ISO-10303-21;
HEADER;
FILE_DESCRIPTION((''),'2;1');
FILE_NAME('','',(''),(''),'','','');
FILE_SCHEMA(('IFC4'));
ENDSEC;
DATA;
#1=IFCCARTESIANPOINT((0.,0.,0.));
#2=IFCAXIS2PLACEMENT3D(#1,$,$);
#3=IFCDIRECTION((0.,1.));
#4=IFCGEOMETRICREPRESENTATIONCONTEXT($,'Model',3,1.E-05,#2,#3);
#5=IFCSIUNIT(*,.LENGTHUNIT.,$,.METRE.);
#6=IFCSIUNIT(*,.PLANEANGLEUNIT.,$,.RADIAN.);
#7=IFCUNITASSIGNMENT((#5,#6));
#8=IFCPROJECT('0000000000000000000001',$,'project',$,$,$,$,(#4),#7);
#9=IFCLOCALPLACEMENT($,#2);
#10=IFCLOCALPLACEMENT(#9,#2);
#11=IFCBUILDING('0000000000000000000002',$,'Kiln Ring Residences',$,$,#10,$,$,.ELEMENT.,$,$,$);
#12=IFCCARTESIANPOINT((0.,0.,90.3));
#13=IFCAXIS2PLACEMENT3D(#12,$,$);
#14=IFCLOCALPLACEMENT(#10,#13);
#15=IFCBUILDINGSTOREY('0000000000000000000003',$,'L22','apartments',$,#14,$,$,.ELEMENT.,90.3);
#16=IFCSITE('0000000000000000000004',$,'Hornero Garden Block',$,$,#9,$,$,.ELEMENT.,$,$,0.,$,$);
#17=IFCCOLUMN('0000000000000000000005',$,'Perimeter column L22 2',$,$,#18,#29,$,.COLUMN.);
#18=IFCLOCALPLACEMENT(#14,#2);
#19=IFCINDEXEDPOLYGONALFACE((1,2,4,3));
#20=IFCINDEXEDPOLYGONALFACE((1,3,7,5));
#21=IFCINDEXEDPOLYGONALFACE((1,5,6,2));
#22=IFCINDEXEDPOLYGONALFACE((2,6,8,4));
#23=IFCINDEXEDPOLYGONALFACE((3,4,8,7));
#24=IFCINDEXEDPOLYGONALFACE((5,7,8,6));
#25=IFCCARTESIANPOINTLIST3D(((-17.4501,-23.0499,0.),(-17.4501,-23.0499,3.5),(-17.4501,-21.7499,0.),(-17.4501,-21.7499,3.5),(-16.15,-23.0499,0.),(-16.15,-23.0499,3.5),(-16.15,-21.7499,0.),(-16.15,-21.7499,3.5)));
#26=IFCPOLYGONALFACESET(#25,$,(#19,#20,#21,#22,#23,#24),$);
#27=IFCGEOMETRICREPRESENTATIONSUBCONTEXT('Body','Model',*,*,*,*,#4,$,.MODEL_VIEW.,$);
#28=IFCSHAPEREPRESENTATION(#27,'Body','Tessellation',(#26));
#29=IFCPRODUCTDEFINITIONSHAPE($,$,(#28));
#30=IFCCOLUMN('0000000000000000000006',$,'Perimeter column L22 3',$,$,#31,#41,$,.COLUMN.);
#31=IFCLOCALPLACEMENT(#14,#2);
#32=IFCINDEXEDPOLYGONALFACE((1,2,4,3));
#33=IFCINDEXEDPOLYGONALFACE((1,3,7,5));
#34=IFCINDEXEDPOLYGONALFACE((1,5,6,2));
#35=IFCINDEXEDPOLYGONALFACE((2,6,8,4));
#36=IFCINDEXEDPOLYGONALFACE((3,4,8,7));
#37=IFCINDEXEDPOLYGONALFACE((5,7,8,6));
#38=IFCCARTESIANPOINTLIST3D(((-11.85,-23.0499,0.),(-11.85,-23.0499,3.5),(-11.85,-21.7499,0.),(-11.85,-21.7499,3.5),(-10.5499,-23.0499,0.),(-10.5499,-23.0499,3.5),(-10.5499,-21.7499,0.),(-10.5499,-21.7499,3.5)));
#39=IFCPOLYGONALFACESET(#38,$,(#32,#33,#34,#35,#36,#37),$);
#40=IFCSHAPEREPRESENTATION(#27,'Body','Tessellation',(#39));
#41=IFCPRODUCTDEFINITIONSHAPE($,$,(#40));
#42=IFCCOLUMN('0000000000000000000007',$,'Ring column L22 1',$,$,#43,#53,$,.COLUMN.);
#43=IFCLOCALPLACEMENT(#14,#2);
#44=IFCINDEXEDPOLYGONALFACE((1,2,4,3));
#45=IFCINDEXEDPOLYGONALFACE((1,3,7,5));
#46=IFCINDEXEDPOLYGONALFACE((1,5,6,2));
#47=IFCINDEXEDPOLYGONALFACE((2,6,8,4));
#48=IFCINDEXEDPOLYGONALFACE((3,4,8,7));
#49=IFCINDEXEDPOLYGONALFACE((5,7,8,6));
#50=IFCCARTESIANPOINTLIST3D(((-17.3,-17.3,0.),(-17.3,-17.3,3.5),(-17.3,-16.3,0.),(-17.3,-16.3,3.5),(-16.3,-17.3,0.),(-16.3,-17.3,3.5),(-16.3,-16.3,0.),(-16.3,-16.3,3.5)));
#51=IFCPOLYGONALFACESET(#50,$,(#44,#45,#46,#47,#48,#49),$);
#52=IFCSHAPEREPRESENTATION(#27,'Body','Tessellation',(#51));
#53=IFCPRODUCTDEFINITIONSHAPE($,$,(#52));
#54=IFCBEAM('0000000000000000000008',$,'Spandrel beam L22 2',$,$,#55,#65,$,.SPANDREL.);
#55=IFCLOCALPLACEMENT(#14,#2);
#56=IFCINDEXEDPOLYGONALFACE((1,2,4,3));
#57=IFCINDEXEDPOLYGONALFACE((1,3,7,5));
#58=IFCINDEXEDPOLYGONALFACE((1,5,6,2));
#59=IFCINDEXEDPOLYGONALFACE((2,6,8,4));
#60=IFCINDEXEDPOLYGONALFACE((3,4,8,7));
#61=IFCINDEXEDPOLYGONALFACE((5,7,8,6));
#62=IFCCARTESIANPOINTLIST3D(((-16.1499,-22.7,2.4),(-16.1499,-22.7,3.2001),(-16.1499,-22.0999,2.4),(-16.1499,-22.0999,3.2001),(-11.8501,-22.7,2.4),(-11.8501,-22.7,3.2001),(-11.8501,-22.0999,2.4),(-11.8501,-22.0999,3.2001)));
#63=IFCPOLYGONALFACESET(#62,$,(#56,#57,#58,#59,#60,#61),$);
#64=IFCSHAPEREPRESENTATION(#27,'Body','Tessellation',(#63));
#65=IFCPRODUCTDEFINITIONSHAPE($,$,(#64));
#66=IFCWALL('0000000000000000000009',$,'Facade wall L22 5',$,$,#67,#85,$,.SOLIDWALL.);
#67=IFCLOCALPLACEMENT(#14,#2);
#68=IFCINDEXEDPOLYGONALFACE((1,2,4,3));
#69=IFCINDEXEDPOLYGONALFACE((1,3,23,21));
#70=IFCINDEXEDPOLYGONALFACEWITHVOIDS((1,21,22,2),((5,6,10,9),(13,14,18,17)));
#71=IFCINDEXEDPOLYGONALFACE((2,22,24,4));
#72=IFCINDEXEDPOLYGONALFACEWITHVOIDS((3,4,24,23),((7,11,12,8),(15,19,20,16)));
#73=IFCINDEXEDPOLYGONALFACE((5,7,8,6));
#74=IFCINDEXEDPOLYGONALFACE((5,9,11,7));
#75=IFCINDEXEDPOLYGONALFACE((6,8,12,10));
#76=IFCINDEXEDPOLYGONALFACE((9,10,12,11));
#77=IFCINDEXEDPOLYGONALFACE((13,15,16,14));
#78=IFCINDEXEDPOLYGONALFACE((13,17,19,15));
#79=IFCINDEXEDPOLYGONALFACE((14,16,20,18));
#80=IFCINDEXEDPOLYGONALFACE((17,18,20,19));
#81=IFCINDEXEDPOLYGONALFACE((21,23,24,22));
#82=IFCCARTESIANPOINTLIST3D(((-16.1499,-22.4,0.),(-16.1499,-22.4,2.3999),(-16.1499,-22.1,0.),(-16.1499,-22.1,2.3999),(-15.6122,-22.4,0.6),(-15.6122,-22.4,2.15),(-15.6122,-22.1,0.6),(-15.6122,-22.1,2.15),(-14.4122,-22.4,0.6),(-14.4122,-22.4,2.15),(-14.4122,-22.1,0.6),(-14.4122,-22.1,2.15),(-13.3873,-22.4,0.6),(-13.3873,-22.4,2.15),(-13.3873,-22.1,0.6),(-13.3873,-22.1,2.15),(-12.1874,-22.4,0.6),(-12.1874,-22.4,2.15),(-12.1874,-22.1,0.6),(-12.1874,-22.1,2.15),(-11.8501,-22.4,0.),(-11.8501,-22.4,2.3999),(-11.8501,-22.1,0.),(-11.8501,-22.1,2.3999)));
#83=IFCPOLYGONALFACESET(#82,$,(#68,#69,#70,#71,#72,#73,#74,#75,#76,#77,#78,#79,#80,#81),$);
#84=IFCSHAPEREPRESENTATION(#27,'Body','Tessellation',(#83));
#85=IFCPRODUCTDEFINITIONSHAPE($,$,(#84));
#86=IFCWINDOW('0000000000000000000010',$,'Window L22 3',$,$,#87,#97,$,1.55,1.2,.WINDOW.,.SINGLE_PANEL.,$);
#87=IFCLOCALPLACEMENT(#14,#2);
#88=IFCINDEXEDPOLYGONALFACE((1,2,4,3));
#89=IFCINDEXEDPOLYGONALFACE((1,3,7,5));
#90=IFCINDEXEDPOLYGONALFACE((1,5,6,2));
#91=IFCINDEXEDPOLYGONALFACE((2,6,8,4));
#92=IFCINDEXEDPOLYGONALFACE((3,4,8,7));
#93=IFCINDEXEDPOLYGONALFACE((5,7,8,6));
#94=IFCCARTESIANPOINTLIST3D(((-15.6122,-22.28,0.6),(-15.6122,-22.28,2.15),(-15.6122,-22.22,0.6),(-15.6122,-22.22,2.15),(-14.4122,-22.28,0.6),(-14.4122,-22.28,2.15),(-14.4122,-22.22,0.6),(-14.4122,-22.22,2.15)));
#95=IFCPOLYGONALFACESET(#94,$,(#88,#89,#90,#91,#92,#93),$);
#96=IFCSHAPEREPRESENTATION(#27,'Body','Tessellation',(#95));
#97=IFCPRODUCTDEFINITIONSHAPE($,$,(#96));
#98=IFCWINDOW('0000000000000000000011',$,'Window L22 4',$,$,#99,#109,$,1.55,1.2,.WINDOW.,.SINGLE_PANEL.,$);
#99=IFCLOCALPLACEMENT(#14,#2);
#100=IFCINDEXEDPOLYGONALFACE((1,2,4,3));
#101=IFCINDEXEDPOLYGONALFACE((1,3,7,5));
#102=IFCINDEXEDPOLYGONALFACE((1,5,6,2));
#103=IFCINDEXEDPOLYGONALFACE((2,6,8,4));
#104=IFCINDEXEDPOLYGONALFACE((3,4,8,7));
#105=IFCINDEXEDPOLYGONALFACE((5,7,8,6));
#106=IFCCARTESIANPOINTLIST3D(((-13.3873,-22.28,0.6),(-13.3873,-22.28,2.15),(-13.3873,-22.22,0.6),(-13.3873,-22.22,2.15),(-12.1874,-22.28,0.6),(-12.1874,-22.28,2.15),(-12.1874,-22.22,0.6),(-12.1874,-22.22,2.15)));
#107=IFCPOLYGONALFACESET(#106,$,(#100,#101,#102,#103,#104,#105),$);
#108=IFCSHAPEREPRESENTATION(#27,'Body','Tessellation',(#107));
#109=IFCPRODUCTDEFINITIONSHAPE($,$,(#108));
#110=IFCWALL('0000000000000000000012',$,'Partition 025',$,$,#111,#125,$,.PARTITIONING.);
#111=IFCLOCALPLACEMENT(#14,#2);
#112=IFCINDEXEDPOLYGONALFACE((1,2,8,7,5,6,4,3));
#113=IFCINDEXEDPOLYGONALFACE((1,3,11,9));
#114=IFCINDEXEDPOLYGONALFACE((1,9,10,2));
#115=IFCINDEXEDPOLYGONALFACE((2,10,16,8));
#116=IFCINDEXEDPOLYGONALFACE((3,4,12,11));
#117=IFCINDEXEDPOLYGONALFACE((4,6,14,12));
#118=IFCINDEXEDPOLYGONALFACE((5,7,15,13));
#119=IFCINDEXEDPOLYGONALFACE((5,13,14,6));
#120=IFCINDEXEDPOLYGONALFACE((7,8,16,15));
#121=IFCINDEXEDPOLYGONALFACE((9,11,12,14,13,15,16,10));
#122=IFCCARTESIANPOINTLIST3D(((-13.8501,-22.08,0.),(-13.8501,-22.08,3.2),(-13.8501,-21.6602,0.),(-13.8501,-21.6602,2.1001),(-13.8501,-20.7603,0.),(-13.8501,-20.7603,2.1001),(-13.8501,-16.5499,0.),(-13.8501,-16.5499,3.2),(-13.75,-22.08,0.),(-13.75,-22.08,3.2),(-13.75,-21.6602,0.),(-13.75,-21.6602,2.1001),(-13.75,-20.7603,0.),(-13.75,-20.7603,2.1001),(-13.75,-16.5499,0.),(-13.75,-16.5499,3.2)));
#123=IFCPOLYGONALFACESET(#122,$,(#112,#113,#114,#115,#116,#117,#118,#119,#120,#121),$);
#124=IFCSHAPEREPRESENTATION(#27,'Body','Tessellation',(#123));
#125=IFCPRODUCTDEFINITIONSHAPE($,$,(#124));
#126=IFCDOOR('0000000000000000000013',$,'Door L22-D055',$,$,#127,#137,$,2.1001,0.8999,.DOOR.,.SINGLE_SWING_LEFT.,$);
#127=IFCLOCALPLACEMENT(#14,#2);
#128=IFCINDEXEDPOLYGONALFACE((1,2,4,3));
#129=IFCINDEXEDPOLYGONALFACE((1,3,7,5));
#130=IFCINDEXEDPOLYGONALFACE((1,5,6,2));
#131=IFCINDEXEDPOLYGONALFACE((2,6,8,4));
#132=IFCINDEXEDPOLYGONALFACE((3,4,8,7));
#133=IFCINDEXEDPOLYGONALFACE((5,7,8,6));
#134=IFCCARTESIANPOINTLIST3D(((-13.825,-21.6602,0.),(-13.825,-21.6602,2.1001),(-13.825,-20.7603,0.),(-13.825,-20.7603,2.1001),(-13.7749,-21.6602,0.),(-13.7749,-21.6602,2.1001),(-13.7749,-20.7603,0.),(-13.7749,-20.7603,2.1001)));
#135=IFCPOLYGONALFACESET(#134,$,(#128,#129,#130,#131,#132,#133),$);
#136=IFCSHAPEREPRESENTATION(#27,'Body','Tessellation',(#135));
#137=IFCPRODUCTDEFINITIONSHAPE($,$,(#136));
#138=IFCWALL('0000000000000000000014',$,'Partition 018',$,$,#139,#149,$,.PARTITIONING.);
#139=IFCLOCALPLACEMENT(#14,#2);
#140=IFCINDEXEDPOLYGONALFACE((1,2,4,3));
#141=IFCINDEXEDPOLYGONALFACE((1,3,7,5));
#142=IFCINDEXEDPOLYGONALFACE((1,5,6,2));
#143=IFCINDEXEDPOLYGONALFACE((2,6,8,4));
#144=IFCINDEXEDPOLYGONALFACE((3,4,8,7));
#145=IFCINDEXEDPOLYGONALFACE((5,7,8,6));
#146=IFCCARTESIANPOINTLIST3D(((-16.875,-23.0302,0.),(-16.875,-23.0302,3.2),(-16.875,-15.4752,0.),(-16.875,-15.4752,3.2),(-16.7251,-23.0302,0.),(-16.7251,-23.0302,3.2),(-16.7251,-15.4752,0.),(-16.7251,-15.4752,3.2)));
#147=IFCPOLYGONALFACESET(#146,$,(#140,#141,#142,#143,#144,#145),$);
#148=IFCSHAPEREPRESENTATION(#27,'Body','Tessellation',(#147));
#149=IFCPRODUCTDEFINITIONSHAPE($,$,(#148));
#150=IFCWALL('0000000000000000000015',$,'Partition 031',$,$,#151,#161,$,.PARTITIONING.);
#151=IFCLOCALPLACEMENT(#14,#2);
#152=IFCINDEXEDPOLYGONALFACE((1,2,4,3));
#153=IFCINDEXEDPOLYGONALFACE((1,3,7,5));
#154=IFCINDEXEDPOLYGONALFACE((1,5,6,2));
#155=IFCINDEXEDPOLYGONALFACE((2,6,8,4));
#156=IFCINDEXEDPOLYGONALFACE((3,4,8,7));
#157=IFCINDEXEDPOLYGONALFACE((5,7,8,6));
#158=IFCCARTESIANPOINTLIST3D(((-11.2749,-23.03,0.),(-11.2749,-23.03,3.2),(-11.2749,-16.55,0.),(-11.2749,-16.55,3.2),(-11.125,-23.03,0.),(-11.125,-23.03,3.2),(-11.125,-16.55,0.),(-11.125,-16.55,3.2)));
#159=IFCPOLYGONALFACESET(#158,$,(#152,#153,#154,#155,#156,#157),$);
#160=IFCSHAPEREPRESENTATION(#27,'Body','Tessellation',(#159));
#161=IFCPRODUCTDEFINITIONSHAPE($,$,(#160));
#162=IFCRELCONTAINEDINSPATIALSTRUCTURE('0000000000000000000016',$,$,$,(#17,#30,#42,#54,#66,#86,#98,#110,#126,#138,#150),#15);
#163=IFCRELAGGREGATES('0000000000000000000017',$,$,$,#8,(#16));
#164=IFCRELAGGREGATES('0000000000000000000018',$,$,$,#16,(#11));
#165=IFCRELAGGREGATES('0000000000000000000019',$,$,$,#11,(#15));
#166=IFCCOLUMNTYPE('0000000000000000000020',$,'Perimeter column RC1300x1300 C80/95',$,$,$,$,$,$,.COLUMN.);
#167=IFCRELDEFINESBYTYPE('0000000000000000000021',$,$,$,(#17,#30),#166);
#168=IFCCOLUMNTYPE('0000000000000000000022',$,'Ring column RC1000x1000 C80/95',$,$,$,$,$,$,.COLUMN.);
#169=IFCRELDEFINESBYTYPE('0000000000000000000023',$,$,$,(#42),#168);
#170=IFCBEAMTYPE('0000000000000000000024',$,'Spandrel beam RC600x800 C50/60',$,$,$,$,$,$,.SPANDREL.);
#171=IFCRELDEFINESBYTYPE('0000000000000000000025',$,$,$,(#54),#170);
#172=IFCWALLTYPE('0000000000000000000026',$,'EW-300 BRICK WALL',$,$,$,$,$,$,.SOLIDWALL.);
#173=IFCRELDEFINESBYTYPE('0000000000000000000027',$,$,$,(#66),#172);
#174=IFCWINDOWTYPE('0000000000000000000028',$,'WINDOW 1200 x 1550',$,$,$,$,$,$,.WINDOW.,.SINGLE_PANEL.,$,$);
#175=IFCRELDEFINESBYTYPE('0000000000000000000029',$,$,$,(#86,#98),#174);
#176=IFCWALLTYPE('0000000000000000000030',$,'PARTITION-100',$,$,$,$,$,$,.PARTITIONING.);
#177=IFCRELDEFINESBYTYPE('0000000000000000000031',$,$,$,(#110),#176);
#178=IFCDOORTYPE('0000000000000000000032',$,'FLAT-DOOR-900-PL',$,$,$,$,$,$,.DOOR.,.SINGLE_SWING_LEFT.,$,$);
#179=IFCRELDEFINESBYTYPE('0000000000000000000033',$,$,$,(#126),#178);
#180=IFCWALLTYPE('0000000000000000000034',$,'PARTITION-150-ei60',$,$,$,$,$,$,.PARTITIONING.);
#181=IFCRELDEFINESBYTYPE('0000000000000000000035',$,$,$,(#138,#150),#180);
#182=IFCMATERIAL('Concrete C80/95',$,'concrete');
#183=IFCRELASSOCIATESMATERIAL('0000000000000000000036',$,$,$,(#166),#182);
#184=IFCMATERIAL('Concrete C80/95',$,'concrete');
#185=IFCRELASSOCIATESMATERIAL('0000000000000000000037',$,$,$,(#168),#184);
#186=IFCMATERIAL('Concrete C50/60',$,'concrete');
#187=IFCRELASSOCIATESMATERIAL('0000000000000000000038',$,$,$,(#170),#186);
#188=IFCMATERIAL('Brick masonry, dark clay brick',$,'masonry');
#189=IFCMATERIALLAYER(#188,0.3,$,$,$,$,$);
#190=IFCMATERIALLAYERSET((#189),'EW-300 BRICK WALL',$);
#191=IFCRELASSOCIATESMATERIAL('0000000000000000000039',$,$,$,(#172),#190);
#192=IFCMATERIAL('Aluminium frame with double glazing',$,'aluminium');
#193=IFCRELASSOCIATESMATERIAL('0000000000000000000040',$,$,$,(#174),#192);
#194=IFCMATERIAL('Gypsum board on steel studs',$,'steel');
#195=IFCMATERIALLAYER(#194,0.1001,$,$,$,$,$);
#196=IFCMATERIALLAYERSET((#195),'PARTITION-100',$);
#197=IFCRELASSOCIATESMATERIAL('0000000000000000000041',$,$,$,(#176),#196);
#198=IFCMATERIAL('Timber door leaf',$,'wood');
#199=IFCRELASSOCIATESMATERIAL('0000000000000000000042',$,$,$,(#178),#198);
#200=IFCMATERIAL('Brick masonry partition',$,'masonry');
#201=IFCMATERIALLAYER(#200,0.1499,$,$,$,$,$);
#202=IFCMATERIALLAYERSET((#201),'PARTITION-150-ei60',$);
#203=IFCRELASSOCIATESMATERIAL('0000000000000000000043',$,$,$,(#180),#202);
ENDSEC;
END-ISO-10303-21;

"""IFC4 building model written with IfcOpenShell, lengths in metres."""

from ifc_helpers import new_model, si_unit, direction, frame, frame_2d, origin, origin_2d, place, context, subcontext, project, spatial, rectangle, extrude, material, layer, layer_set, material_profile, profile_set, type_object, element, fill, save


model = new_model("IFC4")

# Units and contexts
model_context = context("Model", 3, precision=1e-05, world=origin(), true_north=direction((0.0, 1.0)))
body_context = subcontext(model_context, "Body", "Model", "MODEL_VIEW")
ifc_project = project(units=[si_unit("LENGTHUNIT", "METRE"), si_unit("PLANEANGLEUNIT", "RADIAN")], contexts=[model_context])

# Site, building, storey
site_placement = place(None, origin())
site = spatial("IfcSite", under=ifc_project, at=site_placement, Name="Hornero Garden Block", CompositionType="ELEMENT", RefElevation=0.0)
building_placement = place(site_placement, origin())
building = spatial("IfcBuilding", under=site, at=building_placement, Name="Kiln Ring Residences", CompositionType="ELEMENT")
storey_placement = place(building_placement, frame((0.0, 0.0, 90.3)))
storey = spatial("IfcBuildingStorey", under=building, at=storey_placement, Name="L22", Description="apartments", CompositionType="ELEMENT", Elevation=90.3)

# Columns
ifc_material_1 = material(Name="Concrete C80/95", Category="concrete")
ifc_material_profile_1 = material_profile(ifc_material_1, rectangle(XDim=1.3, YDim=1.3, at=origin_2d()), Name="RC1300x1300")
ifc_profile_set_1 = profile_set([ifc_material_profile_1], Name="Concrete C80/95")
column_type_1 = type_object("IfcColumnType", Name="Perimeter column RC1300x1300 C80/95", PredefinedType="COLUMN", material=ifc_profile_set_1)
for number, where, z_axis, x_axis, name in (
    (1, (-16.8, -22.3999, 0.0), (0.0, 0.0, 1.0), (1.0, 0.0, 0.0), "Perimeter column L22 2"),
    (2, (-11.2, -22.3999, 0.0), (0.0, 0.0, 1.0), (1.0, 0.0, 0.0), "Perimeter column L22 3"),
):
    element("IfcColumn", number, at=place(storey_placement, frame(where, z_axis=z_axis, x_axis=x_axis)), inside=storey, type_object=column_type_1, Name=name, PredefinedType="COLUMN", context=body_context, shape_type="SweptSolid", body=[
        extrude(rectangle(XDim=1.3, YDim=1.3, at=origin_2d()), origin(), (0.0, 0.0, 1.0), 3.5),
    ])
ifc_material_2 = material(Name="Concrete C80/95", Category="concrete")
ifc_material_profile_2 = material_profile(ifc_material_2, rectangle(XDim=1.0, YDim=1.0, at=origin_2d()), Name="RC1000x1000")
ifc_profile_set_2 = profile_set([ifc_material_profile_2], Name="Concrete C80/95")
column_type_2 = type_object("IfcColumnType", Name="Ring column RC1000x1000 C80/95", PredefinedType="COLUMN", material=ifc_profile_set_2)
column_placement = place(storey_placement, frame((-16.8, -16.8, 0.0), z_axis=(0.0, 0.0, 1.0), x_axis=(1.0, 0.0, 0.0)))
element("IfcColumn", 3, at=column_placement, inside=storey, type_object=column_type_2, Name="Ring column L22 1", PredefinedType="COLUMN", context=body_context, shape_type="SweptSolid", body=[
    extrude(rectangle(XDim=1.0, YDim=1.0, at=origin_2d()), origin(), (0.0, 0.0, 1.0), 3.5),
])

# Beam
ifc_material_3 = material(Name="Concrete C50/60", Category="concrete")
ifc_material_profile_3 = material_profile(ifc_material_3, rectangle(XDim=0.6001, YDim=0.8, at=origin_2d()), Name="RC600x800")
ifc_profile_set_3 = profile_set([ifc_material_profile_3], Name="Concrete C50/60")
beam_type = type_object("IfcBeamType", Name="Spandrel beam RC600x800 C50/60", PredefinedType="SPANDREL", material=ifc_profile_set_3)
beam_placement = place(storey_placement, frame((-16.1499, -22.3999, 2.8), z_axis=(1.0, 0.0, 0.0), x_axis=(0.0, 1.0, 0.0)))
element("IfcBeam", 4, at=beam_placement, inside=storey, type_object=beam_type, Name="Spandrel beam L22 2", PredefinedType="SPANDREL", context=body_context, shape_type="SweptSolid", body=[
    extrude(rectangle(XDim=0.6001, YDim=0.8, at=origin_2d()), origin(), (0.0, 0.0, 1.0), 4.2998),
])

# Wall, openings, windows
ifc_material_4 = material(Name="Brick masonry, dark clay brick", Category="masonry")
ifc_layer_1 = layer(ifc_material_4, 0.3)
ifc_layer_set_1 = layer_set([ifc_layer_1], Name="EW-300 BRICK WALL")
wall_type_1 = type_object("IfcWallType", Name="EW-300 BRICK WALL", PredefinedType="SOLIDWALL", material=ifc_layer_set_1)
wall_1_placement = place(storey_placement, frame((-16.1499, -22.25, 0.0), z_axis=(0.0, 0.0, 1.0), x_axis=(1.0, 0.0, 0.0)))
wall_1 = element("IfcWall", 5, at=wall_1_placement, inside=storey, type_object=wall_type_1, Name="Facade wall L22 5", PredefinedType="SOLIDWALL", context=body_context, shape_type="SweptSolid", body=[
    extrude(rectangle(XDim=4.2998, YDim=0.3, at=frame_2d((2.1499, 0.0))), origin(), (0.0, 0.0, 1.0), 2.3999),
])
opening_1_placement = place(wall_1_placement, frame((0.5376, 0.0, 0.6001)))
opening_1 = element("IfcOpeningElement", 6, at=opening_1_placement, cuts=wall_1, PredefinedType="OPENING", context=body_context, shape_type="SweptSolid", body=[
    extrude(rectangle(XDim=1.2, YDim=1.55, at=frame_2d((0.6001, 0.7749))), frame((0.0, 0.1599, 0.0), z_axis=(0.0, -1.0, 0.0), x_axis=(1.0, 0.0, 0.0)), (0.0, 0.0, 1.0), 0.3201),
])
opening_2_placement = place(wall_1_placement, frame((2.7625, 0.0, 0.6001)))
opening_2 = element("IfcOpeningElement", 7, at=opening_2_placement, cuts=wall_1, PredefinedType="OPENING", context=body_context, shape_type="SweptSolid", body=[
    extrude(rectangle(XDim=1.2, YDim=1.55, at=frame_2d((0.6001, 0.7749))), frame((0.0, 0.1599, 0.0), z_axis=(0.0, -1.0, 0.0), x_axis=(1.0, 0.0, 0.0)), (0.0, 0.0, 1.0), 0.3201),
])
ifc_material_5 = material(Name="Aluminium frame with double glazing", Category="aluminium")
window_type = type_object("IfcWindowType", Name="WINDOW 1200 x 1550", PartitioningType="SINGLE_PANEL", PredefinedType="WINDOW", material=ifc_material_5)
window_1_placement = place(opening_1_placement, origin())
window_1 = element("IfcWindow", 8, at=window_1_placement, inside=storey, type_object=window_type, Name="Window L22 3", OverallHeight=1.55, OverallWidth=1.2, PartitioningType="SINGLE_PANEL", PredefinedType="WINDOW", context=body_context, shape_type="SweptSolid", body=[
    extrude(rectangle(XDim=1.2, YDim=1.55, at=frame_2d((0.6001, 0.7749))), frame((0.0, 0.03, 0.0), z_axis=(0.0, -1.0, 0.0), x_axis=(1.0, 0.0, 0.0)), (0.0, 0.0, 1.0), 0.0601),
])
fill(opening_1, window_1)
window_2_placement = place(opening_2_placement, origin())
window_2 = element("IfcWindow", 9, at=window_2_placement, inside=storey, type_object=window_type, Name="Window L22 4", OverallHeight=1.55, OverallWidth=1.2, PartitioningType="SINGLE_PANEL", PredefinedType="WINDOW", context=body_context, shape_type="SweptSolid", body=[
    extrude(rectangle(XDim=1.2, YDim=1.55, at=frame_2d((0.6001, 0.7749))), frame((0.0, 0.03, 0.0), z_axis=(0.0, -1.0, 0.0), x_axis=(1.0, 0.0, 0.0)), (0.0, 0.0, 1.0), 0.0601),
])
fill(opening_2, window_2)

# Shared definitions
ifc_material_6 = material(Name="Gypsum board on steel studs", Category="steel")
ifc_layer_2 = layer(ifc_material_6, 0.1001)
ifc_layer_set_2 = layer_set([ifc_layer_2], Name="PARTITION-100")
wall_type_2 = type_object("IfcWallType", Name="PARTITION-100", PredefinedType="PARTITIONING", material=ifc_layer_set_2)
ifc_material_7 = material(Name="Timber door leaf", Category="wood")
door_type_1 = type_object("IfcDoorType", Name="FLAT-DOOR-900-PL", OperationType="SINGLE_SWING_LEFT", PredefinedType="DOOR", material=ifc_material_7)

# Wall, opening, door
wall_2_placement = place(storey_placement, frame((-13.8, -22.0801, 0.0), z_axis=(0.0, 0.0, 1.0), x_axis=(0.0, 1.0, 0.0)))
wall_2 = element("IfcWall", 10, at=wall_2_placement, inside=storey, type_object=wall_type_2, Name="Partition 025", PredefinedType="PARTITIONING", context=body_context, shape_type="SweptSolid", body=[
    extrude(rectangle(XDim=5.53, YDim=0.1001, at=frame_2d((2.7651, 0.0))), origin(), (0.0, 0.0, 1.0), 3.2),
])
opening_3_placement = place(wall_2_placement, frame((0.4199, 0.0, 0.0)))
opening_3 = element("IfcOpeningElement", 11, at=opening_3_placement, cuts=wall_2, PredefinedType="OPENING", context=body_context, shape_type="SweptSolid", body=[
    extrude(rectangle(XDim=0.8999, YDim=2.1001, at=frame_2d((0.45, 1.05))), frame((0.0, 0.0601, 0.0), z_axis=(0.0, -1.0, 0.0), x_axis=(1.0, 0.0, 0.0)), (0.0, 0.0, 1.0), 0.1201),
])
door_1_placement = place(opening_3_placement, origin())
door_1 = element("IfcDoor", 12, at=door_1_placement, inside=storey, type_object=door_type_1, Name="Door L22-D055", OperationType="SINGLE_SWING_LEFT", OverallHeight=2.1001, OverallWidth=0.8999, PredefinedType="DOOR", context=body_context, shape_type="SweptSolid", body=[
    extrude(rectangle(XDim=0.8999, YDim=2.1001, at=frame_2d((0.45, 1.05))), frame((0.0, 0.0249, 0.0), z_axis=(0.0, -1.0, 0.0), x_axis=(1.0, 0.0, 0.0)), (0.0, 0.0, 1.0), 0.05),
])
fill(opening_3, door_1)

# Walls
ifc_material_8 = material(Name="Brick masonry partition", Category="masonry")
ifc_layer_3 = layer(ifc_material_8, 0.1499)
ifc_layer_set_3 = layer_set([ifc_layer_3], Name="PARTITION-150-ei60")
wall_type_3 = type_object("IfcWallType", Name="PARTITION-150-ei60", PredefinedType="PARTITIONING", material=ifc_layer_set_3)
wall_3_placement = place(storey_placement, frame((-16.8, -23.03, 0.0), z_axis=(0.0, 0.0, 1.0), x_axis=(0.0, 1.0, 0.0)))
element("IfcWall", 13, at=wall_3_placement, inside=storey, type_object=wall_type_3, Name="Partition 018", PredefinedType="PARTITIONING", context=body_context, shape_type="SweptSolid", body=[
    extrude(rectangle(XDim=7.5549, YDim=0.1499, at=frame_2d((3.7773, 0.0))), origin(), (0.0, 0.0, 1.0), 3.2),
])
wall_4_placement = place(storey_placement, frame((-11.2, -23.03, 0.0), z_axis=(0.0, 0.0, 1.0), x_axis=(0.0, 1.0, 0.0)))
element("IfcWall", 14, at=wall_4_placement, inside=storey, type_object=wall_type_3, Name="Partition 031", PredefinedType="PARTITIONING", context=body_context, shape_type="SweptSolid", body=[
    extrude(rectangle(XDim=6.48, YDim=0.1499, at=frame_2d((3.24, 0.0))), origin(), (0.0, 0.0, 1.0), 3.2),
])

save(model, "model.ifc")
